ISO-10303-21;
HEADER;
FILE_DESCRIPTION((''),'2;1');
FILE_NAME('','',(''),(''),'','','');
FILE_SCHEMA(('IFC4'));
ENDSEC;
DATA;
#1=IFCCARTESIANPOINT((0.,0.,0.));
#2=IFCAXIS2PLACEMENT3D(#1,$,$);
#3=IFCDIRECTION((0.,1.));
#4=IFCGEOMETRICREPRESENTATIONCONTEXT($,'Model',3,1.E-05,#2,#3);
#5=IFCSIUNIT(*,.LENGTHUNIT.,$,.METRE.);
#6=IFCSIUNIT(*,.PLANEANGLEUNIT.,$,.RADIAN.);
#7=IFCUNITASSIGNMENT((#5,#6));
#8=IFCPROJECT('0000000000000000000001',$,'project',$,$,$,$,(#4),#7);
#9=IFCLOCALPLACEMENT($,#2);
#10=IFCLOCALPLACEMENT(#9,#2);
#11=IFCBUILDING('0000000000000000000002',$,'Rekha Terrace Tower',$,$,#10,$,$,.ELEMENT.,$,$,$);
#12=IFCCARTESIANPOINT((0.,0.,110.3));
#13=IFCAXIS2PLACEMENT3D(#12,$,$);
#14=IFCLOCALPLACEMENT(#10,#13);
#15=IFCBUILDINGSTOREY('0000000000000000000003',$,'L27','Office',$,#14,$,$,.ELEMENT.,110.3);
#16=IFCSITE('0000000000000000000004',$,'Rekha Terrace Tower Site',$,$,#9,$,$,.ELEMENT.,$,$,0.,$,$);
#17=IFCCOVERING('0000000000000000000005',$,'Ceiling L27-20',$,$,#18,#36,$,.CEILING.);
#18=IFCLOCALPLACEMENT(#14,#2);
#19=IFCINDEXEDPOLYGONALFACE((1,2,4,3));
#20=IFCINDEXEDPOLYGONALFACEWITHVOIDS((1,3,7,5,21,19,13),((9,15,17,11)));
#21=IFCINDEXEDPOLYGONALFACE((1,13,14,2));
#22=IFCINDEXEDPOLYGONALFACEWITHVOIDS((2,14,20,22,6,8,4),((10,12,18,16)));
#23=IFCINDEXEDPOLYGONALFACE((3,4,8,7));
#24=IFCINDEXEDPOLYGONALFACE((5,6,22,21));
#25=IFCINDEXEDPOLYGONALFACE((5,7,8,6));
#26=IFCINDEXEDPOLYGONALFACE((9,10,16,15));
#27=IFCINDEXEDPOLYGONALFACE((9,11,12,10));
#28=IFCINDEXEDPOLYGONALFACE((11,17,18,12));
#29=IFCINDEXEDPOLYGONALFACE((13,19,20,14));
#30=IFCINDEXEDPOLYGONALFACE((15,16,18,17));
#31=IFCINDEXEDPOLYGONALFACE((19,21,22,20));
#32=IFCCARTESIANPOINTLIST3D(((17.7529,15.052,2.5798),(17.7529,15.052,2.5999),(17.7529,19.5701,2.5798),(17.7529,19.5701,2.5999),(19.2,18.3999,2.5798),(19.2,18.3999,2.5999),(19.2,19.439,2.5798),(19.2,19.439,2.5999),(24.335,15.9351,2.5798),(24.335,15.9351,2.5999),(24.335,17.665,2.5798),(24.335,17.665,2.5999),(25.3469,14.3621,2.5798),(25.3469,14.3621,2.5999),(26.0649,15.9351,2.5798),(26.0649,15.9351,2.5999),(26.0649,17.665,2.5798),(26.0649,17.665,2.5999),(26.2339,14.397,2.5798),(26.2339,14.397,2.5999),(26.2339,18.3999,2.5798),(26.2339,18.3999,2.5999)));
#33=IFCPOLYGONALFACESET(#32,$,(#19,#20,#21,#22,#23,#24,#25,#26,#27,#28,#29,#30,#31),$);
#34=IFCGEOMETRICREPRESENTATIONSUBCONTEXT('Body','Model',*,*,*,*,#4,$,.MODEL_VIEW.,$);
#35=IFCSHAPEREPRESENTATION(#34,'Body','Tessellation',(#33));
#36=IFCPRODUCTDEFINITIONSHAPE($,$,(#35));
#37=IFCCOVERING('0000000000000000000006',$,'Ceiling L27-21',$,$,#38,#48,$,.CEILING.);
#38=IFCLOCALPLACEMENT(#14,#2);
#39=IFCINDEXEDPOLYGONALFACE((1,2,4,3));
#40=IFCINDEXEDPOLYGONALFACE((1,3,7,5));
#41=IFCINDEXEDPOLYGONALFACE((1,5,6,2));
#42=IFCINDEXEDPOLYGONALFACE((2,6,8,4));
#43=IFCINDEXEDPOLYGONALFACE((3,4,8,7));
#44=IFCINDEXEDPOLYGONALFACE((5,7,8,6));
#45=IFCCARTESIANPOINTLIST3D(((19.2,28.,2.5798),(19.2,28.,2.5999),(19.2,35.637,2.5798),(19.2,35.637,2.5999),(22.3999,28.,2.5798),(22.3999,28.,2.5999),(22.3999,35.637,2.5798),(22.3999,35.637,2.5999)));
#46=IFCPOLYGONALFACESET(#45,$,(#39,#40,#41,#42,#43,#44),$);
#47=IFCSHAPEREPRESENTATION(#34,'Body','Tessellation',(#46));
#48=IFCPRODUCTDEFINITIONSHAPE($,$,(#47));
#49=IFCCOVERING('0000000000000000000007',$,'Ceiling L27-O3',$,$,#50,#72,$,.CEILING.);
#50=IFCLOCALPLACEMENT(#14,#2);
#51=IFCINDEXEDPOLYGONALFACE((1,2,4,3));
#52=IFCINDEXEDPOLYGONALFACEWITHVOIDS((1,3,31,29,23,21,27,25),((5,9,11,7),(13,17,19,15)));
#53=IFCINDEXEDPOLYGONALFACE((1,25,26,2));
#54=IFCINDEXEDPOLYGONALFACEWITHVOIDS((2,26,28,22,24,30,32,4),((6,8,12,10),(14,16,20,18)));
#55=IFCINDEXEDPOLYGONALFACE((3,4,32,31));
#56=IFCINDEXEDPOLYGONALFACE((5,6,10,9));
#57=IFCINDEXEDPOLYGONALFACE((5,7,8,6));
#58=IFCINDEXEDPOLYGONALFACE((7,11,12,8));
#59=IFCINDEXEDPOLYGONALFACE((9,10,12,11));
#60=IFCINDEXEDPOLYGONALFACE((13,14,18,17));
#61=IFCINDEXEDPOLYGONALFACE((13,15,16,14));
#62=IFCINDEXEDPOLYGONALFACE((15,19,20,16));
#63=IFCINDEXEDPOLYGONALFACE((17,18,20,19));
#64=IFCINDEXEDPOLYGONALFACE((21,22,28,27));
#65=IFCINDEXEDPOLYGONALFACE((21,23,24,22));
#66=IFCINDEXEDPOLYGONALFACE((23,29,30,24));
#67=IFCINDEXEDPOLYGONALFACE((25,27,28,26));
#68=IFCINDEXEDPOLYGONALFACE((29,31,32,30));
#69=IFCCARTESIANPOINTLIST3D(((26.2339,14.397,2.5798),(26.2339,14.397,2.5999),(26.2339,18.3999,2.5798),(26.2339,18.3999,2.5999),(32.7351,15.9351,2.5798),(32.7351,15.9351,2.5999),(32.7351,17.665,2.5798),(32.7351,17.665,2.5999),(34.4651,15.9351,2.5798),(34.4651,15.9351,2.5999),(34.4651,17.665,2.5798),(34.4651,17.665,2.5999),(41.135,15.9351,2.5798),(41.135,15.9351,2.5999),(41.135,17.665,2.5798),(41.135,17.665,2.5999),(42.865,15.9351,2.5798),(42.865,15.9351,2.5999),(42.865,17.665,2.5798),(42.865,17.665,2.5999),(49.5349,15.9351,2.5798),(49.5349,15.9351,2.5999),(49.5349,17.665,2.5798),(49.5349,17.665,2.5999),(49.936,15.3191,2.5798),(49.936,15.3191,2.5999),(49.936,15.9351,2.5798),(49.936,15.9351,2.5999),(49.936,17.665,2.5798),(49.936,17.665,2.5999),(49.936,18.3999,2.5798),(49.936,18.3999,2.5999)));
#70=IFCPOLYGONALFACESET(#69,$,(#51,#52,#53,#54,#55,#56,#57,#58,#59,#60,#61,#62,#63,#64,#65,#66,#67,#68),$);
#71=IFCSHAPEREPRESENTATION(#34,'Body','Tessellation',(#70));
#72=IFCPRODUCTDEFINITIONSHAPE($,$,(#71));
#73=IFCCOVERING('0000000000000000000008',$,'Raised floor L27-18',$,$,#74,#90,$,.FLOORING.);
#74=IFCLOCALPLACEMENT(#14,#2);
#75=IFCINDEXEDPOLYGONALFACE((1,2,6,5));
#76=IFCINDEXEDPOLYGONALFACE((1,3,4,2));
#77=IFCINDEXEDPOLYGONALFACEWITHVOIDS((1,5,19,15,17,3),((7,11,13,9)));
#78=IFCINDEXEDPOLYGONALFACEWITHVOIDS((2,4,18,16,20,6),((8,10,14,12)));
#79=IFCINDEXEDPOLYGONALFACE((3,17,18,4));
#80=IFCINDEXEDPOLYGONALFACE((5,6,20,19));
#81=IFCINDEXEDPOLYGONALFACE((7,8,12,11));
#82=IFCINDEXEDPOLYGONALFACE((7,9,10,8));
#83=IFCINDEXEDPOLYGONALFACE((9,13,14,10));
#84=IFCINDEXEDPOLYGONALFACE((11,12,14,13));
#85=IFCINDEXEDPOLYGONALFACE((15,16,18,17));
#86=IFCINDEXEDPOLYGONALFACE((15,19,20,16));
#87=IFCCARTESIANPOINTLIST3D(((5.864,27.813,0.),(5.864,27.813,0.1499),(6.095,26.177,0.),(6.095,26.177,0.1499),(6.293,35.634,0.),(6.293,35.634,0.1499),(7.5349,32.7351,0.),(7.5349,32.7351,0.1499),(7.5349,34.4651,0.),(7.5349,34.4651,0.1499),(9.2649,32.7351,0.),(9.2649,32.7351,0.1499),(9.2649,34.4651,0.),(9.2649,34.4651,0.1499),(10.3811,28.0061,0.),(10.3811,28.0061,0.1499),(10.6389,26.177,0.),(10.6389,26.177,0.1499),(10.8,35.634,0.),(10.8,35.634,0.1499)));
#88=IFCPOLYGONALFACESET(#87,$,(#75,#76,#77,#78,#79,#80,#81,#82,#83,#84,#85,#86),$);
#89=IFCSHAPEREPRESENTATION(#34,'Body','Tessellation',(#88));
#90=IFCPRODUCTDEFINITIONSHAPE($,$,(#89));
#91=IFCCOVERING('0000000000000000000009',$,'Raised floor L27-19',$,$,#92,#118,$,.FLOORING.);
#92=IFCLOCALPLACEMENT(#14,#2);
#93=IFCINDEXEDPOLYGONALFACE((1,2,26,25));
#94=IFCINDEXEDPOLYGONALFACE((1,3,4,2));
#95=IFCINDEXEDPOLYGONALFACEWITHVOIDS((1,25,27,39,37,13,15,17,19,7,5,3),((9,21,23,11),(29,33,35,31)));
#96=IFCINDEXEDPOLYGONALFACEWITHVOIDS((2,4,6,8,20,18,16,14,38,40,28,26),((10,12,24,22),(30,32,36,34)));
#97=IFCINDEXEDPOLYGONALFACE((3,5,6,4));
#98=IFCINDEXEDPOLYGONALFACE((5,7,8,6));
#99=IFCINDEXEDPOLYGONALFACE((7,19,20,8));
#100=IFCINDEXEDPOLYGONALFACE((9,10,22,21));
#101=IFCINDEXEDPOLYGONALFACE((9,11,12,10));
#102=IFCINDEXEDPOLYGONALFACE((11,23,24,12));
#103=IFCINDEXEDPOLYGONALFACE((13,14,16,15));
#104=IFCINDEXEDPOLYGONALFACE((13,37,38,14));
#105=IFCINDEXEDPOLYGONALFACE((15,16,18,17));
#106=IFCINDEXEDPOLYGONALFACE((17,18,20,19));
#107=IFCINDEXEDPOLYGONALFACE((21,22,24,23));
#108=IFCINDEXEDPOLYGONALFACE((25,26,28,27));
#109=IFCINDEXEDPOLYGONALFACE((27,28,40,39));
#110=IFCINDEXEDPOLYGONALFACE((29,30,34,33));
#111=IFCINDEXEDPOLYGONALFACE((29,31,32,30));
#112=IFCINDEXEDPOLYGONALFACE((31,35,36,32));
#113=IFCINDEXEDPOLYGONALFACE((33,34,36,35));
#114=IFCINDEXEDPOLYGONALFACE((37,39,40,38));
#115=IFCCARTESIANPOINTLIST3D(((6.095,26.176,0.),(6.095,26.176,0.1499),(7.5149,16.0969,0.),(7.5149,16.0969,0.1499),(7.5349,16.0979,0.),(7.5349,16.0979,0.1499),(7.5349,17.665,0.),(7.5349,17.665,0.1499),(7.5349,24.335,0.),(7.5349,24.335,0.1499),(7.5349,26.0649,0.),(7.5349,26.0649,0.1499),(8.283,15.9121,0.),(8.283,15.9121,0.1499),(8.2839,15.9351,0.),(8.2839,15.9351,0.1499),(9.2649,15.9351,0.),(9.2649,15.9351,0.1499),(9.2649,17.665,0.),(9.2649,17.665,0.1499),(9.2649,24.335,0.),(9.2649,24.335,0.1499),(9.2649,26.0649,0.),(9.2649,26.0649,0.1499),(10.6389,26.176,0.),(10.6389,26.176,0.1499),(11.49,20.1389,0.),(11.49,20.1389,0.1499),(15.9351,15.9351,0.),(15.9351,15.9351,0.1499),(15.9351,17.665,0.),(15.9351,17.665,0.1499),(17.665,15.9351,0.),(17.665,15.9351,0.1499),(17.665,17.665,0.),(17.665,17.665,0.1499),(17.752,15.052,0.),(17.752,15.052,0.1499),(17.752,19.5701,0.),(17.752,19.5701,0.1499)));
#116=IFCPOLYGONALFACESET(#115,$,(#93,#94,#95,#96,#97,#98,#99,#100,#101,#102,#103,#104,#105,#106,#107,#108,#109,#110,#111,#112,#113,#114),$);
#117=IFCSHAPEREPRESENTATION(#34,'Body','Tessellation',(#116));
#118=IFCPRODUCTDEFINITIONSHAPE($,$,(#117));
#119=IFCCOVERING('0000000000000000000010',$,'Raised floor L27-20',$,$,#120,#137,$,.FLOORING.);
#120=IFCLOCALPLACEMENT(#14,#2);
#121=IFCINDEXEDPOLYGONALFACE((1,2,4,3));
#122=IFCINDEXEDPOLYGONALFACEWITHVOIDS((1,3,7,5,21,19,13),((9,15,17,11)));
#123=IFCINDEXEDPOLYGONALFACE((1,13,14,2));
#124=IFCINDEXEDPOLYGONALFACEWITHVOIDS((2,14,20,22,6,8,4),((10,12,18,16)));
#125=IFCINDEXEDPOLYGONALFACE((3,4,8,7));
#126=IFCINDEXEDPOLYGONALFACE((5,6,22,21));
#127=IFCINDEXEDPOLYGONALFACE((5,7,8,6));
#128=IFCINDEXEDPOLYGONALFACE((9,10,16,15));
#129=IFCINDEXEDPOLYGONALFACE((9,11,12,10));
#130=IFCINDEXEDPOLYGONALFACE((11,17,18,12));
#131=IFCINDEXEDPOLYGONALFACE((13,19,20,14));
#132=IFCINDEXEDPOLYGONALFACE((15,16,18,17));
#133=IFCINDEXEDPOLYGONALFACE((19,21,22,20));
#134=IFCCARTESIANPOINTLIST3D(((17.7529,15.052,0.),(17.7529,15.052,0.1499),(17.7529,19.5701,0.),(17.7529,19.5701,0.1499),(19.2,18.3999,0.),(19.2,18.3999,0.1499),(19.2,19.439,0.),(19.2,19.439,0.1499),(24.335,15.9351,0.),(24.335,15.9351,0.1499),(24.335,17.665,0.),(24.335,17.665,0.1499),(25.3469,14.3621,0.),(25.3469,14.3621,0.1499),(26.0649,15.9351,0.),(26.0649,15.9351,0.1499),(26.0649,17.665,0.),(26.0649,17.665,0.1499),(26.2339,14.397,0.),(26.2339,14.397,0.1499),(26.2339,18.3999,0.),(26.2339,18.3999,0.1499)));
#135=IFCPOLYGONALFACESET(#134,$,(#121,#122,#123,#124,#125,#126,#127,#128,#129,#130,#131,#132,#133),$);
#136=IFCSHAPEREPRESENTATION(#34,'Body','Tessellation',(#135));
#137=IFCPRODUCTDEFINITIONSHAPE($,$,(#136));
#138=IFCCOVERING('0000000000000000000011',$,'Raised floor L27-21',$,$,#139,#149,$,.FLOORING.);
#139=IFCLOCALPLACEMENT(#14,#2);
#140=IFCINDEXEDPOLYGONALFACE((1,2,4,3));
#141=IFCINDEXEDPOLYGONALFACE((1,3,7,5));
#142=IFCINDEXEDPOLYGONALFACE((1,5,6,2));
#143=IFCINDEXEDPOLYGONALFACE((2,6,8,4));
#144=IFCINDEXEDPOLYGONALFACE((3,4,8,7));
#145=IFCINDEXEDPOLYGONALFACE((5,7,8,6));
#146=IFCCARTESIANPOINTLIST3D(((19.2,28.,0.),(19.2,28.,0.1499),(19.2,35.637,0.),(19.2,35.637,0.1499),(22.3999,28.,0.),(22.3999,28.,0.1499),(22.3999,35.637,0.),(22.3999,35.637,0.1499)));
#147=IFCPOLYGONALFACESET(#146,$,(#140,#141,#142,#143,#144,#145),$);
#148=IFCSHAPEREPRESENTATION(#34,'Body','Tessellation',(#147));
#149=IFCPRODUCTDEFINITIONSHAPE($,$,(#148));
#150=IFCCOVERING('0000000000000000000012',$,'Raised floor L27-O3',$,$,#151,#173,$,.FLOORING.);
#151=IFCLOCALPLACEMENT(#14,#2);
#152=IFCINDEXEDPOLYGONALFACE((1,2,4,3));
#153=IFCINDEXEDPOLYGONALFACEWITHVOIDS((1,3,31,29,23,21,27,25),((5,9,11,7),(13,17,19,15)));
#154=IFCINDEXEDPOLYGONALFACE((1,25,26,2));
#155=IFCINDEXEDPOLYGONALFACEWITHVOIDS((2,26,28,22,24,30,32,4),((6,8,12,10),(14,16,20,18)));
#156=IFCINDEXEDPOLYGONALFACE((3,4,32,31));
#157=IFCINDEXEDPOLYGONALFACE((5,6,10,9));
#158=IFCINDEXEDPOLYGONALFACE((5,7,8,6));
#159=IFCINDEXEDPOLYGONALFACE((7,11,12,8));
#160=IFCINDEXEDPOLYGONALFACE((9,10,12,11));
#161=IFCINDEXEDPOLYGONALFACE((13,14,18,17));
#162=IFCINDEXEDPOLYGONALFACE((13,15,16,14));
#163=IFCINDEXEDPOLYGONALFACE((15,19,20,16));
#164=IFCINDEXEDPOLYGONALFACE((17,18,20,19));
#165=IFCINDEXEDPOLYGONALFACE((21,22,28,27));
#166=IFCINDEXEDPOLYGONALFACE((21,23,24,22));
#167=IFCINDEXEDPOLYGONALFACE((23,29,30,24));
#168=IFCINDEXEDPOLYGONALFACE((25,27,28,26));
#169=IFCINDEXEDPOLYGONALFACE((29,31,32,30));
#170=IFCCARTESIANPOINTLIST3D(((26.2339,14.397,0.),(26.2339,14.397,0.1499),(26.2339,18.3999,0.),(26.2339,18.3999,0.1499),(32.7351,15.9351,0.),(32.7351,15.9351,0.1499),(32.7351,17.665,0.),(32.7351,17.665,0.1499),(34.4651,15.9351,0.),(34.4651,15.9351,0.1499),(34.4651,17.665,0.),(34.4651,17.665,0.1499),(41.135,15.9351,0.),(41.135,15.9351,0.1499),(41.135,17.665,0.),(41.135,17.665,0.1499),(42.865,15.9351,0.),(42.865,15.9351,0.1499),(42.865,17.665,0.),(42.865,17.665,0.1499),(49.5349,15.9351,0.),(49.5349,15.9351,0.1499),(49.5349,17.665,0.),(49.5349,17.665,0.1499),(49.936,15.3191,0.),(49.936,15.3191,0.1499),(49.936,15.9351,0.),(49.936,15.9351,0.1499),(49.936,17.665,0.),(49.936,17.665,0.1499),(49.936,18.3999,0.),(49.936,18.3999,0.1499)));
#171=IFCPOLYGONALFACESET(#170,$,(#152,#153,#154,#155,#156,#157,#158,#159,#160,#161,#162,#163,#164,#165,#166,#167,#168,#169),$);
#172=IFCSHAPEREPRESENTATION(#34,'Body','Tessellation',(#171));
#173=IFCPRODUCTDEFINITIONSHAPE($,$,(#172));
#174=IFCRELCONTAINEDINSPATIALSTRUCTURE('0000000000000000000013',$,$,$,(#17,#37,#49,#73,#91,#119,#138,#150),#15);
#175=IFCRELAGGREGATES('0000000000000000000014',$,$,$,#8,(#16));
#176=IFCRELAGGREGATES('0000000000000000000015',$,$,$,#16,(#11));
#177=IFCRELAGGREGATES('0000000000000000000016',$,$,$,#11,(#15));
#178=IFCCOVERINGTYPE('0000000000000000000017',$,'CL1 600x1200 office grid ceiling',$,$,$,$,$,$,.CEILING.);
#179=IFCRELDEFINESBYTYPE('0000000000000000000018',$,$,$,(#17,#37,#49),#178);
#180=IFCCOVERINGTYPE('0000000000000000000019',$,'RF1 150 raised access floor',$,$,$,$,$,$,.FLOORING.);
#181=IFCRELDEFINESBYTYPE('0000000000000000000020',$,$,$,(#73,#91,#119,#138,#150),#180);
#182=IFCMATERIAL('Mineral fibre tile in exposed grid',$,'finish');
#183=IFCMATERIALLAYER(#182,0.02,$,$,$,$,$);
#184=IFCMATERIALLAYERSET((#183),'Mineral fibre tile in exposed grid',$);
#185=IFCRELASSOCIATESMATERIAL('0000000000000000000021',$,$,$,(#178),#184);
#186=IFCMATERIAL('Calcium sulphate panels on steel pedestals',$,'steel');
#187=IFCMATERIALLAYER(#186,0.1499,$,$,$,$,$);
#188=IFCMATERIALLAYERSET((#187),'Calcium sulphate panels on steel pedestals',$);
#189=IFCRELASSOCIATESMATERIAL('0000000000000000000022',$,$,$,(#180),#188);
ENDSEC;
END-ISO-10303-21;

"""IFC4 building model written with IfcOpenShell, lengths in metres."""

from ifc_helpers import new_model, si_unit, direction, frame, origin, place, context, subcontext, project, spatial, polyline, outline, extrude, material, layer, layer_set, type_object, element, save


model = new_model("IFC4")

# Units and contexts
model_context = context("Model", 3, precision=1e-05, world=origin(), true_north=direction((0.0, 1.0)))
body_context = subcontext(model_context, "Body", "Model", "MODEL_VIEW")
ifc_project = project(units=[si_unit("LENGTHUNIT", "METRE"), si_unit("PLANEANGLEUNIT", "RADIAN")], contexts=[model_context])

# Site, building, storey
site_placement = place(None, origin())
site = spatial("IfcSite", under=ifc_project, at=site_placement, Name="Rekha Terrace Tower Site", CompositionType="ELEMENT", RefElevation=0.0)
building_placement = place(site_placement, origin())
building = spatial("IfcBuilding", under=site, at=building_placement, Name="Rekha Terrace Tower", CompositionType="ELEMENT")
storey_placement = place(building_placement, frame((0.0, 0.0, 110.3)))
storey = spatial("IfcBuildingStorey", under=building, at=storey_placement, Name="L27", Description="Office", CompositionType="ELEMENT", Elevation=110.3)

# Coverings
ifc_material_1 = material(Name="Mineral fibre tile in exposed grid", Category="finish")
ifc_layer_1 = layer(ifc_material_1, 0.02)
ifc_layer_set_1 = layer_set([ifc_layer_1], Name="Mineral fibre tile in exposed grid")
covering_type_1 = type_object("IfcCoveringType", Name="CL1 600x1200 office grid ceiling", PredefinedType="CEILING", material=ifc_layer_set_1)
covering_1_placement = place(storey_placement, frame((0.0, 0.0, 2.5798)))
element("IfcCovering", 1, at=covering_1_placement, inside=storey, type_object=covering_type_1, Name="Ceiling L27-20", PredefinedType="CEILING", context=body_context, shape_type="SweptSolid", body=[
    extrude(outline(polyline([(26.2339, 14.397), (26.2339, 18.3999), (19.2, 18.3999), (19.2, 19.439), (17.7529, 19.5701), (17.7529, 15.052), (25.3469, 14.3621), (26.2339, 14.397)]), holes=[polyline([(26.0649, 17.665), (26.0649, 15.9351), (24.335, 15.9351), (24.335, 17.665), (26.0649, 17.665)])]), origin(), (0.0, 0.0, 1.0), 0.02),
])
covering_2_placement = place(storey_placement, frame((0.0, 0.0, 2.5798)))
element("IfcCovering", 2, at=covering_2_placement, inside=storey, type_object=covering_type_1, Name="Ceiling L27-21", PredefinedType="CEILING", context=body_context, shape_type="SweptSolid", body=[
    extrude(outline(polyline([(19.2, 35.637), (19.2, 28.0), (22.3999, 28.0), (22.3999, 35.637), (19.2, 35.637)])), origin(), (0.0, 0.0, 1.0), 0.02),
])
covering_3_placement = place(storey_placement, frame((0.0, 0.0, 2.5798)))
element("IfcCovering", 3, at=covering_3_placement, inside=storey, type_object=covering_type_1, Name="Ceiling L27-O3", PredefinedType="CEILING", context=body_context, shape_type="SweptSolid", body=[
    extrude(outline(polyline([(49.936, 18.3999), (26.2339, 18.3999), (26.2339, 14.397), (49.936, 15.3191), (49.936, 15.9351), (49.5349, 15.9351), (49.5349, 17.665), (49.936, 17.665), (49.936, 18.3999)]), holes=[polyline([(42.865, 17.665), (42.865, 15.9351), (41.135, 15.9351), (41.135, 17.665), (42.865, 17.665)]), polyline([(34.4651, 15.9351), (32.7351, 15.9351), (32.7351, 17.665), (34.4651, 17.665), (34.4651, 15.9351)])]), origin(), (0.0, 0.0, 1.0), 0.02),
])
ifc_material_2 = material(Name="Calcium sulphate panels on steel pedestals", Category="steel")
ifc_layer_2 = layer(ifc_material_2, 0.1499)
ifc_layer_set_2 = layer_set([ifc_layer_2], Name="Calcium sulphate panels on steel pedestals")
covering_type_2 = type_object("IfcCoveringType", Name="RF1 150 raised access floor", PredefinedType="FLOORING", material=ifc_layer_set_2)
covering_4_placement = place(storey_placement, origin())
element("IfcCovering", 4, at=covering_4_placement, inside=storey, type_object=covering_type_2, Name="Raised floor L27-18", PredefinedType="FLOORING", context=body_context, shape_type="SweptSolid", body=[
    extrude(outline(polyline([(10.3811, 28.0061), (10.8, 35.634), (6.293, 35.634), (5.864, 27.813), (6.095, 26.177), (10.6389, 26.177), (10.3811, 28.0061)]), holes=[polyline([(9.2649, 32.7351), (7.5349, 32.7351), (7.5349, 34.4651), (9.2649, 34.4651), (9.2649, 32.7351)])]), origin(), (0.0, 0.0, 1.0), 0.1499),
])
covering_5_placement = place(storey_placement, origin())
element("IfcCovering", 5, at=covering_5_placement, inside=storey, type_object=covering_type_2, Name="Raised floor L27-19", PredefinedType="FLOORING", context=body_context, shape_type="SweptSolid", body=[
    extrude(outline(polyline([(7.5149, 16.0969), (7.5349, 16.0979), (7.5349, 17.665), (9.2649, 17.665), (9.2649, 15.9351), (8.2839, 15.9351), (8.283, 15.9121), (17.752, 15.052), (17.752, 19.5701), (11.49, 20.1389), (10.6389, 26.176), (6.095, 26.176), (7.5149, 16.0969)]), holes=[polyline([(17.665, 15.9351), (15.9351, 15.9351), (15.9351, 17.665), (17.665, 17.665), (17.665, 15.9351)]), polyline([(9.2649, 24.335), (7.5349, 24.335), (7.5349, 26.0649), (9.2649, 26.0649), (9.2649, 24.335)])]), origin(), (0.0, 0.0, 1.0), 0.1499),
])
covering_6_placement = place(storey_placement, origin())
element("IfcCovering", 6, at=covering_6_placement, inside=storey, type_object=covering_type_2, Name="Raised floor L27-20", PredefinedType="FLOORING", context=body_context, shape_type="SweptSolid", body=[
    extrude(outline(polyline([(26.2339, 14.397), (26.2339, 18.3999), (19.2, 18.3999), (19.2, 19.439), (17.7529, 19.5701), (17.7529, 15.052), (25.3469, 14.3621), (26.2339, 14.397)]), holes=[polyline([(26.0649, 17.665), (26.0649, 15.9351), (24.335, 15.9351), (24.335, 17.665), (26.0649, 17.665)])]), origin(), (0.0, 0.0, 1.0), 0.1499),
])
covering_7_placement = place(storey_placement, origin())
element("IfcCovering", 7, at=covering_7_placement, inside=storey, type_object=covering_type_2, Name="Raised floor L27-21", PredefinedType="FLOORING", context=body_context, shape_type="SweptSolid", body=[
    extrude(outline(polyline([(19.2, 35.637), (19.2, 28.0), (22.3999, 28.0), (22.3999, 35.637), (19.2, 35.637)])), origin(), (0.0, 0.0, 1.0), 0.1499),
])
covering_8_placement = place(storey_placement, origin())
element("IfcCovering", 8, at=covering_8_placement, inside=storey, type_object=covering_type_2, Name="Raised floor L27-O3", PredefinedType="FLOORING", context=body_context, shape_type="SweptSolid", body=[
    extrude(outline(polyline([(49.936, 18.3999), (26.2339, 18.3999), (26.2339, 14.397), (49.936, 15.3191), (49.936, 15.9351), (49.5349, 15.9351), (49.5349, 17.665), (49.936, 17.665), (49.936, 18.3999)]), holes=[polyline([(42.865, 17.665), (42.865, 15.9351), (41.135, 15.9351), (41.135, 17.665), (42.865, 17.665)]), polyline([(34.4651, 15.9351), (32.7351, 15.9351), (32.7351, 17.665), (34.4651, 17.665), (34.4651, 15.9351)])]), origin(), (0.0, 0.0, 1.0), 0.1499),
])

save(model, "model.ifc")
